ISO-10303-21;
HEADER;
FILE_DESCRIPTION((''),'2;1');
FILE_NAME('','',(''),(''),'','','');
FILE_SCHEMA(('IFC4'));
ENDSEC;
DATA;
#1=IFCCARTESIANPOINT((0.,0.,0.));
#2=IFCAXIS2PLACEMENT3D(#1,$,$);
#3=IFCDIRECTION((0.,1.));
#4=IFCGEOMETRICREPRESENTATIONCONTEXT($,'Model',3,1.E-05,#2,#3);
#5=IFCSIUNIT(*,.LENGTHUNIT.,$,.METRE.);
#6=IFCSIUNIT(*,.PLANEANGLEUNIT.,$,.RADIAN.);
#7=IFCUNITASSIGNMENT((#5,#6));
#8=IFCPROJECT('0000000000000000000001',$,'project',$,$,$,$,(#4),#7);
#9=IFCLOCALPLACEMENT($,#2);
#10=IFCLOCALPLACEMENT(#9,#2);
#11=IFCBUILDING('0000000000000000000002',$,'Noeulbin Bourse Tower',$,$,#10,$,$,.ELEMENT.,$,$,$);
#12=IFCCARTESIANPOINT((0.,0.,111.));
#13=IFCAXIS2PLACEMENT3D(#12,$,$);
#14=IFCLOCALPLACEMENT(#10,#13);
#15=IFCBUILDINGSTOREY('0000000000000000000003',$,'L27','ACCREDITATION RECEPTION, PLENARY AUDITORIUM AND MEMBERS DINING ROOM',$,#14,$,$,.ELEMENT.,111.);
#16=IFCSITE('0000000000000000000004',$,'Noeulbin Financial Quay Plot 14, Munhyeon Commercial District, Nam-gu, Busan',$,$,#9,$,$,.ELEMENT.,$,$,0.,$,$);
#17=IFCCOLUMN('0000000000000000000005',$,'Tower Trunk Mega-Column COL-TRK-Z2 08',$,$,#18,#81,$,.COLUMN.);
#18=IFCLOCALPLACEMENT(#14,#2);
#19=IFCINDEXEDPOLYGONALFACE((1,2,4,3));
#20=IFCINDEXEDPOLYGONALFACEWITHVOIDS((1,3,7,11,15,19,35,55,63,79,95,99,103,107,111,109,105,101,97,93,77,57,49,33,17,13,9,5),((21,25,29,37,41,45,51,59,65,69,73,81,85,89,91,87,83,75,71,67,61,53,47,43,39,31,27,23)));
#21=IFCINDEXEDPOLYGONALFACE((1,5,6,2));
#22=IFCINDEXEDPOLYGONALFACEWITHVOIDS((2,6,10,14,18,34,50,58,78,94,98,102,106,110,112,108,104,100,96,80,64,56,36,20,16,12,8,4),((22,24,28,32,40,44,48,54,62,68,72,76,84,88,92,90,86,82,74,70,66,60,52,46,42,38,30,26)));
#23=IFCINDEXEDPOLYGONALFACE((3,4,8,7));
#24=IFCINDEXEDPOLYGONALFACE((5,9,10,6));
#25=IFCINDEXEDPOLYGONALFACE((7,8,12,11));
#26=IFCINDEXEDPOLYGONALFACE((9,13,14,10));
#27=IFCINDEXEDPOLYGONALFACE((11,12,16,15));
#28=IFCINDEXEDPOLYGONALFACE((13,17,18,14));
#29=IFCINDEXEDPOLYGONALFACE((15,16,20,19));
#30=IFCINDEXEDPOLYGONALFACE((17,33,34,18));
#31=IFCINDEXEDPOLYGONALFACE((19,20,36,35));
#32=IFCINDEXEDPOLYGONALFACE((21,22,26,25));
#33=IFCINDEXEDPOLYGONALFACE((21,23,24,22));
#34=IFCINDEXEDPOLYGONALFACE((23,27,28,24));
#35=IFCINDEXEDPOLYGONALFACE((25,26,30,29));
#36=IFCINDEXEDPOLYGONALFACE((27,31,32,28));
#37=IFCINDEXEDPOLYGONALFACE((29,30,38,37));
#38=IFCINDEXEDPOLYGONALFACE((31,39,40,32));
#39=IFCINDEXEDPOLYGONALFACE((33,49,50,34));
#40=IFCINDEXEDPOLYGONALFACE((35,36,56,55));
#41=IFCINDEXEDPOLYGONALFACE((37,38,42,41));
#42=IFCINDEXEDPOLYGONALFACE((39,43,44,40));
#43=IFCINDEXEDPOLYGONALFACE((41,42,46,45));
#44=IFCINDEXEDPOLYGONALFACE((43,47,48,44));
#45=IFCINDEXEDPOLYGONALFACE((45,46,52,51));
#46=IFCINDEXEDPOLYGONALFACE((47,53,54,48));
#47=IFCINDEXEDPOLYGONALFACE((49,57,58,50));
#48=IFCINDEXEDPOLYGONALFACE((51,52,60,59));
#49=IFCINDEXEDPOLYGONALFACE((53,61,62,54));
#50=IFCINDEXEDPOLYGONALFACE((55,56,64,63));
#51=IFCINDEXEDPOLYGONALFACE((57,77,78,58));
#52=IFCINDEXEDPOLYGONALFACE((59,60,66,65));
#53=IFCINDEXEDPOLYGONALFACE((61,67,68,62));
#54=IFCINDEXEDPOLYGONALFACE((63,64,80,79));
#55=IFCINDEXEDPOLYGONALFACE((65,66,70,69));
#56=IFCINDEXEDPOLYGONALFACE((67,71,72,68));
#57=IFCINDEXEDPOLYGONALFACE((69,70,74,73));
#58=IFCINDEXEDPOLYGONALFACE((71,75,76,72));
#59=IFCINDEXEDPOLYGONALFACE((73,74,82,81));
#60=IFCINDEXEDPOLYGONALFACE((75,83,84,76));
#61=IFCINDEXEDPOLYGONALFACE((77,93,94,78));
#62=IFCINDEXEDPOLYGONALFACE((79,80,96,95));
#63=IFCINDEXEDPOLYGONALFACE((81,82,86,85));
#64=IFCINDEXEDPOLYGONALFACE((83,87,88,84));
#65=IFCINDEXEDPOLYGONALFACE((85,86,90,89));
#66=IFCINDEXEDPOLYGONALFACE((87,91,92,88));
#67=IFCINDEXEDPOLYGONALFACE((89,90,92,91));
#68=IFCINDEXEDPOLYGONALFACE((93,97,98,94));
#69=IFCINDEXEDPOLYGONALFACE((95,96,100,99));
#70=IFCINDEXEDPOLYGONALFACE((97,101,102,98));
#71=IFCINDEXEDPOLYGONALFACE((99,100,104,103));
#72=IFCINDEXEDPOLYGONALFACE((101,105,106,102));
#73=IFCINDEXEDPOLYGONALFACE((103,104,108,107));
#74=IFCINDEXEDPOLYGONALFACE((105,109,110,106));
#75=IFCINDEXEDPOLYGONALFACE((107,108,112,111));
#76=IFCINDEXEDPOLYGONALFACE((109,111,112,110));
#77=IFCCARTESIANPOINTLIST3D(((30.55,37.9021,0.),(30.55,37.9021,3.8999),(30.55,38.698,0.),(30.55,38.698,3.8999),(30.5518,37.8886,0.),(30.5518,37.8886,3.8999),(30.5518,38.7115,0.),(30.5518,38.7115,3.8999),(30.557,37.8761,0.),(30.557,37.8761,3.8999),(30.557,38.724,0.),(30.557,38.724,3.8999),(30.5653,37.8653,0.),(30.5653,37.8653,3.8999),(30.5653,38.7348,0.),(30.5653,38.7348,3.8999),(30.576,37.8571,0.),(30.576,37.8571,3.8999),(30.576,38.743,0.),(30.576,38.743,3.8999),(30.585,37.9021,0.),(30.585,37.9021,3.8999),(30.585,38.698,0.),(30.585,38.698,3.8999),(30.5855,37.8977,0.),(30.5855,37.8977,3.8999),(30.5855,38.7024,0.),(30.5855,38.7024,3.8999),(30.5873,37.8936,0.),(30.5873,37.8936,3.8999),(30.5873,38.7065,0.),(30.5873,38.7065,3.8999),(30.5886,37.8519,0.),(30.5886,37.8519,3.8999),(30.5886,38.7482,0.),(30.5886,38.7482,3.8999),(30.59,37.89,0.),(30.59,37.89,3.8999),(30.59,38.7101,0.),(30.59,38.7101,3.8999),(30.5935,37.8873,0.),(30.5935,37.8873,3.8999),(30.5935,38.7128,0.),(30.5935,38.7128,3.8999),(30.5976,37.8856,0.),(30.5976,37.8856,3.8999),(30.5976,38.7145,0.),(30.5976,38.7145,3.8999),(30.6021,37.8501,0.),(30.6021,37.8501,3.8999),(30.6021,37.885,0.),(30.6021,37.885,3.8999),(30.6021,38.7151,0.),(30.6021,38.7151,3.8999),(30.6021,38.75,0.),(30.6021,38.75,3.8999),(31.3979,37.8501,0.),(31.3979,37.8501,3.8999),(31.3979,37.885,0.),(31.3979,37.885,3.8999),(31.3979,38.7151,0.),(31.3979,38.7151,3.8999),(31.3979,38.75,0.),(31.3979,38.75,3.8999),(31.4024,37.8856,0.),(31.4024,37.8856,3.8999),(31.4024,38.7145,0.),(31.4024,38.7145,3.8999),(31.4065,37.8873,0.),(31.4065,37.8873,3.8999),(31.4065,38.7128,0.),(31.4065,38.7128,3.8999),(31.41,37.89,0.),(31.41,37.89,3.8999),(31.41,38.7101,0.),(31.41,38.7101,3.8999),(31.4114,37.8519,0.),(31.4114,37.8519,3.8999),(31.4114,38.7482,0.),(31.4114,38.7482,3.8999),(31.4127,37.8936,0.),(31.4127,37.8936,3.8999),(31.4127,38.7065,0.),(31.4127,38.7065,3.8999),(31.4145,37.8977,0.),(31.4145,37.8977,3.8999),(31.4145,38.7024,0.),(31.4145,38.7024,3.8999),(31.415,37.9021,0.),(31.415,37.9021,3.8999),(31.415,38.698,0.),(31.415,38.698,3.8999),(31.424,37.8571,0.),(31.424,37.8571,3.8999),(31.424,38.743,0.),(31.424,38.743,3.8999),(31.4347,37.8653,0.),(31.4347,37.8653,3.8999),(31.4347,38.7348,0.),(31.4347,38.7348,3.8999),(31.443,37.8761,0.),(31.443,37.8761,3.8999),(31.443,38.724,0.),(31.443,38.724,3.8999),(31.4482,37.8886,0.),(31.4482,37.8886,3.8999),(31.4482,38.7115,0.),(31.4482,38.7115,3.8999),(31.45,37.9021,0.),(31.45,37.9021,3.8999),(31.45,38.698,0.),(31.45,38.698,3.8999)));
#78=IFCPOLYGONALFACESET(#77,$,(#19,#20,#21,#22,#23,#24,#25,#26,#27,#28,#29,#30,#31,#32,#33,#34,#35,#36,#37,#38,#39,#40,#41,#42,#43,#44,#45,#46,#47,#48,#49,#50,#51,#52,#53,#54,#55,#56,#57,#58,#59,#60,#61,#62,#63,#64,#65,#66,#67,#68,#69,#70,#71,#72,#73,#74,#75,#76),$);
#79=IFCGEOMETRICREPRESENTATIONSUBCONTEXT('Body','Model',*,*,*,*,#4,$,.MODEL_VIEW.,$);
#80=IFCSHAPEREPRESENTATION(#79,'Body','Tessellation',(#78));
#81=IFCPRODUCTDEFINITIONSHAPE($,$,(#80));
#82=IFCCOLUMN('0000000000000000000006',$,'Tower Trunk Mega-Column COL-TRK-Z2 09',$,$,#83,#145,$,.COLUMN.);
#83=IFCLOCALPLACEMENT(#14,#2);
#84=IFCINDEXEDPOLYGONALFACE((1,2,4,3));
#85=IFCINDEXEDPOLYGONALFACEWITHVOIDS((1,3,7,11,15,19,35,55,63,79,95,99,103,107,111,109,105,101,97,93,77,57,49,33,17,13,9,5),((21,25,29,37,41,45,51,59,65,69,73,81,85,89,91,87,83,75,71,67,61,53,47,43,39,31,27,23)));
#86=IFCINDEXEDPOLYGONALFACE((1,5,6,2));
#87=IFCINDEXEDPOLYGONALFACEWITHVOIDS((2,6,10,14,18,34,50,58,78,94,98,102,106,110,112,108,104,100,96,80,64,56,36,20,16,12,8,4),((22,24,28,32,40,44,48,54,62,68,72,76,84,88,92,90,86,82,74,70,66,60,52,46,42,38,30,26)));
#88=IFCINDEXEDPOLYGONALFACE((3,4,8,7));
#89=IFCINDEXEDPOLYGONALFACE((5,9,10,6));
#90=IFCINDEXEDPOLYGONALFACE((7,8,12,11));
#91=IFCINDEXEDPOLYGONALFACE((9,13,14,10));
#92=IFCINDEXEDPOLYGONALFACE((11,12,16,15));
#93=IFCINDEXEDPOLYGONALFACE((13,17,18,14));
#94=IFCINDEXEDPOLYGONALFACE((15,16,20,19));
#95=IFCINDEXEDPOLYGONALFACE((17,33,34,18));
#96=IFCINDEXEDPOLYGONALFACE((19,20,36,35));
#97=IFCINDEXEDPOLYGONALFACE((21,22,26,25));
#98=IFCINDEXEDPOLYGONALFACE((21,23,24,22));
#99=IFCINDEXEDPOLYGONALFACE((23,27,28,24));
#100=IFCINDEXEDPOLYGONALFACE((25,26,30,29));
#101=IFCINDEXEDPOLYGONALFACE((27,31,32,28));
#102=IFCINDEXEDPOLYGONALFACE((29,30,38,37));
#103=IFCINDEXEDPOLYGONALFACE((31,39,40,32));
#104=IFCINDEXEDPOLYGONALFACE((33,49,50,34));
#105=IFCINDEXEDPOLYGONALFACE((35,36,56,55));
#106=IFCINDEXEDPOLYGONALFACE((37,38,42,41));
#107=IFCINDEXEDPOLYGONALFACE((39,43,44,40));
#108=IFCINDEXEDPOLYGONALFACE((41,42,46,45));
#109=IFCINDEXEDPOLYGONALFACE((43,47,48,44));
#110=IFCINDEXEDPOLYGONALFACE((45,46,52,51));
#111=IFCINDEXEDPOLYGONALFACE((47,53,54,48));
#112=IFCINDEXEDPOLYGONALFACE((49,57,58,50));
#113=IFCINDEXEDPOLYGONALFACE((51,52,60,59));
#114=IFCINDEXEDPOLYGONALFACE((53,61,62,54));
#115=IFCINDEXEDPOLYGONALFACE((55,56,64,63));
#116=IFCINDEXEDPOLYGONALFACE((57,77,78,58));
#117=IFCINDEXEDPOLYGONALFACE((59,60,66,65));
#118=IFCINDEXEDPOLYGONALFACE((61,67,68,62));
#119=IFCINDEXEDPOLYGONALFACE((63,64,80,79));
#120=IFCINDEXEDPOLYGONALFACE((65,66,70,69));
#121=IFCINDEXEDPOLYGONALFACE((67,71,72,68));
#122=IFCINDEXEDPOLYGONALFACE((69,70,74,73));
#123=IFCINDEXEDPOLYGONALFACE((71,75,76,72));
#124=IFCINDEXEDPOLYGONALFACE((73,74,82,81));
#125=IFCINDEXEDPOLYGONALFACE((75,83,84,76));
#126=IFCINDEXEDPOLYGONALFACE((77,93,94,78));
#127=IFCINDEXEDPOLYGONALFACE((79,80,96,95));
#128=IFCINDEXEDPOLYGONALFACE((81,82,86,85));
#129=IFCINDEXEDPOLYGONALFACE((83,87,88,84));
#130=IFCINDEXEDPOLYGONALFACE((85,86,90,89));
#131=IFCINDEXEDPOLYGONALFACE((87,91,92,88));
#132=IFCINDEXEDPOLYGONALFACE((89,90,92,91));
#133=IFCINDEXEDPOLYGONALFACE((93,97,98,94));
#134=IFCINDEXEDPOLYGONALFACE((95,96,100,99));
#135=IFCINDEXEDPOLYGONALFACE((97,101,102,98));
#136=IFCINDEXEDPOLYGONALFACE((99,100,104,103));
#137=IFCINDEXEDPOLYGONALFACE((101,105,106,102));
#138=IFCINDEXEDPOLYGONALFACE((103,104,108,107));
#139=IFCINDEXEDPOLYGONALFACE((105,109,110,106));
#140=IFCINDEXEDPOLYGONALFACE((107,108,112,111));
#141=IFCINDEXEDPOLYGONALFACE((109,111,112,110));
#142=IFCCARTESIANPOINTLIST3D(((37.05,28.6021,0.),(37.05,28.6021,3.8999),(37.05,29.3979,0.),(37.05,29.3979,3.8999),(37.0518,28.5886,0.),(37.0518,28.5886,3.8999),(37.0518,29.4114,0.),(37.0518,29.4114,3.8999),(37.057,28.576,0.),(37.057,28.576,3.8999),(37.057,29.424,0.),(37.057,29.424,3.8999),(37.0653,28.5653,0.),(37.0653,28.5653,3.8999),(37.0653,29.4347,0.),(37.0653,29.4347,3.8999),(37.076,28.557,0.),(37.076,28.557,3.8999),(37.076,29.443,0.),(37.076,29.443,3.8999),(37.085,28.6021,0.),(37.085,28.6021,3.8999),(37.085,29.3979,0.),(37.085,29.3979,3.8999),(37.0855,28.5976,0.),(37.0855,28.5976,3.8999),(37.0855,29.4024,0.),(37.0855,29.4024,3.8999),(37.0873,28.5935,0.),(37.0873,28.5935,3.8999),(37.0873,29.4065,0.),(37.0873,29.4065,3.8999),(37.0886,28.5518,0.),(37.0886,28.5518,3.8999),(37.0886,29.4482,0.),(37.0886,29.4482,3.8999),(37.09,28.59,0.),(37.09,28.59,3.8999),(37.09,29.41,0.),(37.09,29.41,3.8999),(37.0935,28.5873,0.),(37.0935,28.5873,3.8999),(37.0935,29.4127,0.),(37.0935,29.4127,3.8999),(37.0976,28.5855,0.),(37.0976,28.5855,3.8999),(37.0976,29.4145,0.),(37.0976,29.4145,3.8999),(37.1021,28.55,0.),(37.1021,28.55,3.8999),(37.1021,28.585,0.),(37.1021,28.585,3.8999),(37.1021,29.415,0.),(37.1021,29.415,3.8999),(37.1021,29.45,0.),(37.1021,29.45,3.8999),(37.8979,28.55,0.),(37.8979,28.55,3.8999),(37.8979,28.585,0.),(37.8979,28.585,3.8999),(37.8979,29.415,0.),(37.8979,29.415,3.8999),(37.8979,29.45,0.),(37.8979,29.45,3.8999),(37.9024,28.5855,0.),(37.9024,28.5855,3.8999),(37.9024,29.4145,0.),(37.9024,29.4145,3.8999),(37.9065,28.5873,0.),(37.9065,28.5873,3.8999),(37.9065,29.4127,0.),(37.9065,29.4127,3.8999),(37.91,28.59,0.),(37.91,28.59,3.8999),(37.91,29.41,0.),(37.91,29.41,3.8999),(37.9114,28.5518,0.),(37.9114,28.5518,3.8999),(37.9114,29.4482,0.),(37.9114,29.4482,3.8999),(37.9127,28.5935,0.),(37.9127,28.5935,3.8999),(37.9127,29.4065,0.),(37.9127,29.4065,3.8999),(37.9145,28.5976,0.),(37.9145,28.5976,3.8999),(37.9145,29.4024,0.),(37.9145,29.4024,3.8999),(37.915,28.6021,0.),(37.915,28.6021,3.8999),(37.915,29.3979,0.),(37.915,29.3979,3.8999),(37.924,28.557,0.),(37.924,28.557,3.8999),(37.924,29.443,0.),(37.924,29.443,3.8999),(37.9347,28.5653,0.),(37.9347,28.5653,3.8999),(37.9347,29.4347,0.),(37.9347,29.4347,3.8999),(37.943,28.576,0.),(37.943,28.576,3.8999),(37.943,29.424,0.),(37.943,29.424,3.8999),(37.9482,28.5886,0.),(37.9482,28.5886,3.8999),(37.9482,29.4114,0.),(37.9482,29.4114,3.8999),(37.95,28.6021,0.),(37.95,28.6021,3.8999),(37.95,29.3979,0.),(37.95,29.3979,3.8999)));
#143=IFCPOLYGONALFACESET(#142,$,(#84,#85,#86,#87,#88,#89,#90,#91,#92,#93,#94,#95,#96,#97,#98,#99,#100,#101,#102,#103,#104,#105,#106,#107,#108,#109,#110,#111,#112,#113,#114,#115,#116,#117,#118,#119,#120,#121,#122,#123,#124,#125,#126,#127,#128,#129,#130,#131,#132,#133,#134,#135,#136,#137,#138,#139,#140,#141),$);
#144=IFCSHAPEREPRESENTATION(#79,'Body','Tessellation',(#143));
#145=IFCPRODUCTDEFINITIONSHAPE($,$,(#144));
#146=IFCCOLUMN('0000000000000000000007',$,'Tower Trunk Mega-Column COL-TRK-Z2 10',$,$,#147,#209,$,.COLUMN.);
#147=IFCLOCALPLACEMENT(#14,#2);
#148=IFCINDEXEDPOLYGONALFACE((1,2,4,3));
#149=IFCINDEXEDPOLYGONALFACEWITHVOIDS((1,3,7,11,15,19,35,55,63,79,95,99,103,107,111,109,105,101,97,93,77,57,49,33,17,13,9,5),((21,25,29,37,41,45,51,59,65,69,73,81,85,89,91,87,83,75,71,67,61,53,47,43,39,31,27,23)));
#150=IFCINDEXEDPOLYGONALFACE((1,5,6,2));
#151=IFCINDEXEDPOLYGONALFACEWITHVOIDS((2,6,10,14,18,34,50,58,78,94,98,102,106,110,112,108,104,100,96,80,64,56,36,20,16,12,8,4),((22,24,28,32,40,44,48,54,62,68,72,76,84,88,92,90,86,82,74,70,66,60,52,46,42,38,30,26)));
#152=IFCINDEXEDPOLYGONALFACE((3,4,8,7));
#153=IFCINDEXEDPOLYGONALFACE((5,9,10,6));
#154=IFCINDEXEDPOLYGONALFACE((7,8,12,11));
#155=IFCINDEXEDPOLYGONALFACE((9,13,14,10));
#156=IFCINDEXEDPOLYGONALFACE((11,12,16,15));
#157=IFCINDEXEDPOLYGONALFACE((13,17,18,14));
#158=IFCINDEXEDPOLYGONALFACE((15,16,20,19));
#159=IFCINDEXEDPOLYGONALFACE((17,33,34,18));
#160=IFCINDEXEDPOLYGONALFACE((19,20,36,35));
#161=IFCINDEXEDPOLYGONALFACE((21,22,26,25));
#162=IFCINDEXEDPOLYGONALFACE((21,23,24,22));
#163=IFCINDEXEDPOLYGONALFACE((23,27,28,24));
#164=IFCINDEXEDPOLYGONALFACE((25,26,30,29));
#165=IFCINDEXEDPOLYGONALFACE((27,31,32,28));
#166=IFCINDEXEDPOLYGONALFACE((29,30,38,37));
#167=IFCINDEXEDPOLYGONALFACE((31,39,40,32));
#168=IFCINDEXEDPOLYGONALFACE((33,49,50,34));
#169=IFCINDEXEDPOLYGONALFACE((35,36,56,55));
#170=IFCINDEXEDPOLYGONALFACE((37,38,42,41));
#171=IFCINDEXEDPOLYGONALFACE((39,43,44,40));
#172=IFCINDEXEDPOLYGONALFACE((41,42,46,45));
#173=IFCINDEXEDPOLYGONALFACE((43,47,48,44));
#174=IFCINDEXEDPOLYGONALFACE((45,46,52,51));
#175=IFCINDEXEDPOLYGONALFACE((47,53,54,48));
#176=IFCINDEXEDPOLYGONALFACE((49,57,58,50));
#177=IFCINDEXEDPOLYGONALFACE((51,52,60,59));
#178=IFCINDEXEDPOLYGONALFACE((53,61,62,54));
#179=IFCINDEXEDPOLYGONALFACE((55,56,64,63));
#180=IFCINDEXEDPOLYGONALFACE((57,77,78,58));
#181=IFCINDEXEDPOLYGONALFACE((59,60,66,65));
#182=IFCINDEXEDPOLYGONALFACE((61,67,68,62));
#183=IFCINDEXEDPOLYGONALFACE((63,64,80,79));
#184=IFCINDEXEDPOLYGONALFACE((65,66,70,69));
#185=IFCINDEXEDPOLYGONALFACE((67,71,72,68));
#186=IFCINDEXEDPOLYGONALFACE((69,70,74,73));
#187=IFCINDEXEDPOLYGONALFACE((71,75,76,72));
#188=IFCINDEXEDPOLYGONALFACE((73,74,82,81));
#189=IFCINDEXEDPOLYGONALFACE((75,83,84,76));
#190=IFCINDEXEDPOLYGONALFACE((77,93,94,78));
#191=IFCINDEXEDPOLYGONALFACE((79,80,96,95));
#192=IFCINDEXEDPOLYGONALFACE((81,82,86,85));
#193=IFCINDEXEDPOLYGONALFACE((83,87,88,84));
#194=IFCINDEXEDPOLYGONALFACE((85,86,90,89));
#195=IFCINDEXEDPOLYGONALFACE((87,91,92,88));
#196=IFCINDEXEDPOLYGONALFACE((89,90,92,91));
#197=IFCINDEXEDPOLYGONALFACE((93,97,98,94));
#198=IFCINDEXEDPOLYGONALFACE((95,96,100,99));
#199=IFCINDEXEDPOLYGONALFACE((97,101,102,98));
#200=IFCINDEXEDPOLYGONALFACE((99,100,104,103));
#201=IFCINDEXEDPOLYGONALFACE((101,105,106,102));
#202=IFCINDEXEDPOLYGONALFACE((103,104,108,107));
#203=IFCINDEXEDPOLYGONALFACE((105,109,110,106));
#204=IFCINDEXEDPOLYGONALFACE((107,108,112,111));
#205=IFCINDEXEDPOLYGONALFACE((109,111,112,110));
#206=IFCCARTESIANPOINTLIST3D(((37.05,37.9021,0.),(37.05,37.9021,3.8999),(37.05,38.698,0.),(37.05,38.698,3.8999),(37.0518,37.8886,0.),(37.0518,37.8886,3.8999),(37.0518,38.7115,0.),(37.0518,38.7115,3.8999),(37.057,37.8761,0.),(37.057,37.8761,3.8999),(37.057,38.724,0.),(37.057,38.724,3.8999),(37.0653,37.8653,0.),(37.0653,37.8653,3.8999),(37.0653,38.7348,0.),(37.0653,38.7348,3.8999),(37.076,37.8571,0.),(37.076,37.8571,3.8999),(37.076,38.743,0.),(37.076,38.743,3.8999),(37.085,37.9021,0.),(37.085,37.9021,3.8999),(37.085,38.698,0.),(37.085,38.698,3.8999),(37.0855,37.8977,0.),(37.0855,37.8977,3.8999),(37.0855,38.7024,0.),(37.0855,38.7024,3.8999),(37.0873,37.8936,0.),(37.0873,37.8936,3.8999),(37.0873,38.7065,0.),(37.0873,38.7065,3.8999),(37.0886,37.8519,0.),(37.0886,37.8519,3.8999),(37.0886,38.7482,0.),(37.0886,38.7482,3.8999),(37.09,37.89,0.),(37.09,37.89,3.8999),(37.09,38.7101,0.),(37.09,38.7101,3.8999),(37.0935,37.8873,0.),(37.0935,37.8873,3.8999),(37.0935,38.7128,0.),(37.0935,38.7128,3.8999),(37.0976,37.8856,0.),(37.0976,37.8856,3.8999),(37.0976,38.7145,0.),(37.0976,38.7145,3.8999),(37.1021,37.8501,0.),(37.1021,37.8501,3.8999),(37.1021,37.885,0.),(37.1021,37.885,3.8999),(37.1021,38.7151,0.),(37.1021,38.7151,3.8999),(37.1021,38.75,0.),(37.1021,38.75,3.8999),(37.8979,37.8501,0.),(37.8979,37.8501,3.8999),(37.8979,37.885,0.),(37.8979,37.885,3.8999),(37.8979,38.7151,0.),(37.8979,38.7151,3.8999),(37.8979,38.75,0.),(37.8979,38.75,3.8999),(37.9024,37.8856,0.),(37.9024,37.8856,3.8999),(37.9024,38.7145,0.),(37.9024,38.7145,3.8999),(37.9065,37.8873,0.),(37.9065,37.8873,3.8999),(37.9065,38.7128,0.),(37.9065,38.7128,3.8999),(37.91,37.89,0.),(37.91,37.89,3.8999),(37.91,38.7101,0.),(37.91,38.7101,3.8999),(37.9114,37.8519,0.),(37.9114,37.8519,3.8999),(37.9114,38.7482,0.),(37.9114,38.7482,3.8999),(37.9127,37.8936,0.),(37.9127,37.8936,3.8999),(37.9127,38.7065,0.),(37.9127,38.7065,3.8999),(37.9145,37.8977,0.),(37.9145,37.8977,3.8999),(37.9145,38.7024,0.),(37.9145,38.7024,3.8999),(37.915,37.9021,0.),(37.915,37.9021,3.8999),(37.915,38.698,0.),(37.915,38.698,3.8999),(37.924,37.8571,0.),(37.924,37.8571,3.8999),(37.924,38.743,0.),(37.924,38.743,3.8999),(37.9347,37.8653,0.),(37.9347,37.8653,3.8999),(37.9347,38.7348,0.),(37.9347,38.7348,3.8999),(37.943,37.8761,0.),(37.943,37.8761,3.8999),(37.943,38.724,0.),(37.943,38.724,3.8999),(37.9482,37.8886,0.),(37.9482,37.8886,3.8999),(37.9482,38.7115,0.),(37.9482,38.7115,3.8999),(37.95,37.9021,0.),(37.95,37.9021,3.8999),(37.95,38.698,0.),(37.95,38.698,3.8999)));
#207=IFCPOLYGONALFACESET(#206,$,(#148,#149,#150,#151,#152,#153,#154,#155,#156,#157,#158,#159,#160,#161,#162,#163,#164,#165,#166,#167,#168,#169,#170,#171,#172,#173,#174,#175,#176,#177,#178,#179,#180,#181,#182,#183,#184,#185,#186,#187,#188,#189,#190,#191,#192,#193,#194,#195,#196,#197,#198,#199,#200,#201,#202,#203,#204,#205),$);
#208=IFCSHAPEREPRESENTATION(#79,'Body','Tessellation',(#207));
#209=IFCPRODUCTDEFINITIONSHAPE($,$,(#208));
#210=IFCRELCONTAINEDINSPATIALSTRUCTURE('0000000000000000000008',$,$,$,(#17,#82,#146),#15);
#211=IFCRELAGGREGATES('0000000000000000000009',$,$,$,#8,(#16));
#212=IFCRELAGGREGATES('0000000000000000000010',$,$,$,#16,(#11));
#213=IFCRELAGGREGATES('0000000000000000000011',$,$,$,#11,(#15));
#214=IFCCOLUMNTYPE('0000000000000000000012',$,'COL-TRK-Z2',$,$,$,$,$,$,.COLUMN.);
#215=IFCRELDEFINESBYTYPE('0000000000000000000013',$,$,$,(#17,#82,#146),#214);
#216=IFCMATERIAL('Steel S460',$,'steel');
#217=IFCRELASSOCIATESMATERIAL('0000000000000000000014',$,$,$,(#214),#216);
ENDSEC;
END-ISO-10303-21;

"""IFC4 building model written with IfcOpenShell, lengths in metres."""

from ifc_helpers import new_model, si_unit, direction, frame, origin, origin_2d, place, context, subcontext, project, spatial, hollow_rectangle, extrude, material, material_profile, profile_set, type_object, element, save


model = new_model("IFC4")

# Units and contexts
model_context = context("Model", 3, precision=1e-05, world=origin(), true_north=direction((0.0, 1.0)))
body_context = subcontext(model_context, "Body", "Model", "MODEL_VIEW")
ifc_project = project(units=[si_unit("LENGTHUNIT", "METRE"), si_unit("PLANEANGLEUNIT", "RADIAN")], contexts=[model_context])

# Site, building, storey
site_placement = place(None, origin())
site = spatial("IfcSite", under=ifc_project, at=site_placement, Name="Noeulbin Financial Quay Plot 14, Munhyeon Commercial District, Nam-gu, Busan", CompositionType="ELEMENT", RefElevation=0.0)
building_placement = place(site_placement, origin())
building = spatial("IfcBuilding", under=site, at=building_placement, Name="Noeulbin Bourse Tower", CompositionType="ELEMENT")
storey_placement = place(building_placement, frame((0.0, 0.0, 111.0)))
storey = spatial("IfcBuildingStorey", under=building, at=storey_placement, Name="L27", Description="ACCREDITATION RECEPTION, PLENARY AUDITORIUM AND MEMBERS DINING ROOM", CompositionType="ELEMENT", Elevation=111.0)

# Columns
ifc_material_1 = material(Name="Steel S460", Category="steel")
ifc_material_profile_1 = material_profile(ifc_material_1, hollow_rectangle(XDim=0.8999, YDim=0.8999, WallThickness=0.0349, InnerFilletRadius=0.0171, OuterFilletRadius=0.052, at=origin_2d()), Name="BOX-900x900x35", Category="LoadBearing")
ifc_profile_set_1 = profile_set([ifc_material_profile_1], Name="Steel S460")
column_type = type_object("IfcColumnType", Name="COL-TRK-Z2", PredefinedType="COLUMN", material=ifc_profile_set_1)
for number, where, z_axis, x_axis, name in (
    (1, (31.0, 38.3, 0.0), (0.0, 0.0, 1.0), (1.0, 0.0, 0.0), "Tower Trunk Mega-Column COL-TRK-Z2 08"),
    (2, (37.5, 29.0, 0.0), (0.0, 0.0, 1.0), (1.0, 0.0, 0.0), "Tower Trunk Mega-Column COL-TRK-Z2 09"),
    (3, (37.5, 38.3, 0.0), (0.0, 0.0, 1.0), (1.0, 0.0, 0.0), "Tower Trunk Mega-Column COL-TRK-Z2 10"),
):
    element("IfcColumn", number, at=place(storey_placement, frame(where, z_axis=z_axis, x_axis=x_axis)), inside=storey, type_object=column_type, Name=name, PredefinedType="COLUMN", context=body_context, shape_type="SweptSolid", body=[
        extrude(hollow_rectangle(XDim=0.8999, YDim=0.8999, WallThickness=0.0349, InnerFilletRadius=0.0171, OuterFilletRadius=0.052, at=origin_2d()), origin(), (0.0, 0.0, 1.0), 3.8999),
    ])

save(model, "model.ifc")
